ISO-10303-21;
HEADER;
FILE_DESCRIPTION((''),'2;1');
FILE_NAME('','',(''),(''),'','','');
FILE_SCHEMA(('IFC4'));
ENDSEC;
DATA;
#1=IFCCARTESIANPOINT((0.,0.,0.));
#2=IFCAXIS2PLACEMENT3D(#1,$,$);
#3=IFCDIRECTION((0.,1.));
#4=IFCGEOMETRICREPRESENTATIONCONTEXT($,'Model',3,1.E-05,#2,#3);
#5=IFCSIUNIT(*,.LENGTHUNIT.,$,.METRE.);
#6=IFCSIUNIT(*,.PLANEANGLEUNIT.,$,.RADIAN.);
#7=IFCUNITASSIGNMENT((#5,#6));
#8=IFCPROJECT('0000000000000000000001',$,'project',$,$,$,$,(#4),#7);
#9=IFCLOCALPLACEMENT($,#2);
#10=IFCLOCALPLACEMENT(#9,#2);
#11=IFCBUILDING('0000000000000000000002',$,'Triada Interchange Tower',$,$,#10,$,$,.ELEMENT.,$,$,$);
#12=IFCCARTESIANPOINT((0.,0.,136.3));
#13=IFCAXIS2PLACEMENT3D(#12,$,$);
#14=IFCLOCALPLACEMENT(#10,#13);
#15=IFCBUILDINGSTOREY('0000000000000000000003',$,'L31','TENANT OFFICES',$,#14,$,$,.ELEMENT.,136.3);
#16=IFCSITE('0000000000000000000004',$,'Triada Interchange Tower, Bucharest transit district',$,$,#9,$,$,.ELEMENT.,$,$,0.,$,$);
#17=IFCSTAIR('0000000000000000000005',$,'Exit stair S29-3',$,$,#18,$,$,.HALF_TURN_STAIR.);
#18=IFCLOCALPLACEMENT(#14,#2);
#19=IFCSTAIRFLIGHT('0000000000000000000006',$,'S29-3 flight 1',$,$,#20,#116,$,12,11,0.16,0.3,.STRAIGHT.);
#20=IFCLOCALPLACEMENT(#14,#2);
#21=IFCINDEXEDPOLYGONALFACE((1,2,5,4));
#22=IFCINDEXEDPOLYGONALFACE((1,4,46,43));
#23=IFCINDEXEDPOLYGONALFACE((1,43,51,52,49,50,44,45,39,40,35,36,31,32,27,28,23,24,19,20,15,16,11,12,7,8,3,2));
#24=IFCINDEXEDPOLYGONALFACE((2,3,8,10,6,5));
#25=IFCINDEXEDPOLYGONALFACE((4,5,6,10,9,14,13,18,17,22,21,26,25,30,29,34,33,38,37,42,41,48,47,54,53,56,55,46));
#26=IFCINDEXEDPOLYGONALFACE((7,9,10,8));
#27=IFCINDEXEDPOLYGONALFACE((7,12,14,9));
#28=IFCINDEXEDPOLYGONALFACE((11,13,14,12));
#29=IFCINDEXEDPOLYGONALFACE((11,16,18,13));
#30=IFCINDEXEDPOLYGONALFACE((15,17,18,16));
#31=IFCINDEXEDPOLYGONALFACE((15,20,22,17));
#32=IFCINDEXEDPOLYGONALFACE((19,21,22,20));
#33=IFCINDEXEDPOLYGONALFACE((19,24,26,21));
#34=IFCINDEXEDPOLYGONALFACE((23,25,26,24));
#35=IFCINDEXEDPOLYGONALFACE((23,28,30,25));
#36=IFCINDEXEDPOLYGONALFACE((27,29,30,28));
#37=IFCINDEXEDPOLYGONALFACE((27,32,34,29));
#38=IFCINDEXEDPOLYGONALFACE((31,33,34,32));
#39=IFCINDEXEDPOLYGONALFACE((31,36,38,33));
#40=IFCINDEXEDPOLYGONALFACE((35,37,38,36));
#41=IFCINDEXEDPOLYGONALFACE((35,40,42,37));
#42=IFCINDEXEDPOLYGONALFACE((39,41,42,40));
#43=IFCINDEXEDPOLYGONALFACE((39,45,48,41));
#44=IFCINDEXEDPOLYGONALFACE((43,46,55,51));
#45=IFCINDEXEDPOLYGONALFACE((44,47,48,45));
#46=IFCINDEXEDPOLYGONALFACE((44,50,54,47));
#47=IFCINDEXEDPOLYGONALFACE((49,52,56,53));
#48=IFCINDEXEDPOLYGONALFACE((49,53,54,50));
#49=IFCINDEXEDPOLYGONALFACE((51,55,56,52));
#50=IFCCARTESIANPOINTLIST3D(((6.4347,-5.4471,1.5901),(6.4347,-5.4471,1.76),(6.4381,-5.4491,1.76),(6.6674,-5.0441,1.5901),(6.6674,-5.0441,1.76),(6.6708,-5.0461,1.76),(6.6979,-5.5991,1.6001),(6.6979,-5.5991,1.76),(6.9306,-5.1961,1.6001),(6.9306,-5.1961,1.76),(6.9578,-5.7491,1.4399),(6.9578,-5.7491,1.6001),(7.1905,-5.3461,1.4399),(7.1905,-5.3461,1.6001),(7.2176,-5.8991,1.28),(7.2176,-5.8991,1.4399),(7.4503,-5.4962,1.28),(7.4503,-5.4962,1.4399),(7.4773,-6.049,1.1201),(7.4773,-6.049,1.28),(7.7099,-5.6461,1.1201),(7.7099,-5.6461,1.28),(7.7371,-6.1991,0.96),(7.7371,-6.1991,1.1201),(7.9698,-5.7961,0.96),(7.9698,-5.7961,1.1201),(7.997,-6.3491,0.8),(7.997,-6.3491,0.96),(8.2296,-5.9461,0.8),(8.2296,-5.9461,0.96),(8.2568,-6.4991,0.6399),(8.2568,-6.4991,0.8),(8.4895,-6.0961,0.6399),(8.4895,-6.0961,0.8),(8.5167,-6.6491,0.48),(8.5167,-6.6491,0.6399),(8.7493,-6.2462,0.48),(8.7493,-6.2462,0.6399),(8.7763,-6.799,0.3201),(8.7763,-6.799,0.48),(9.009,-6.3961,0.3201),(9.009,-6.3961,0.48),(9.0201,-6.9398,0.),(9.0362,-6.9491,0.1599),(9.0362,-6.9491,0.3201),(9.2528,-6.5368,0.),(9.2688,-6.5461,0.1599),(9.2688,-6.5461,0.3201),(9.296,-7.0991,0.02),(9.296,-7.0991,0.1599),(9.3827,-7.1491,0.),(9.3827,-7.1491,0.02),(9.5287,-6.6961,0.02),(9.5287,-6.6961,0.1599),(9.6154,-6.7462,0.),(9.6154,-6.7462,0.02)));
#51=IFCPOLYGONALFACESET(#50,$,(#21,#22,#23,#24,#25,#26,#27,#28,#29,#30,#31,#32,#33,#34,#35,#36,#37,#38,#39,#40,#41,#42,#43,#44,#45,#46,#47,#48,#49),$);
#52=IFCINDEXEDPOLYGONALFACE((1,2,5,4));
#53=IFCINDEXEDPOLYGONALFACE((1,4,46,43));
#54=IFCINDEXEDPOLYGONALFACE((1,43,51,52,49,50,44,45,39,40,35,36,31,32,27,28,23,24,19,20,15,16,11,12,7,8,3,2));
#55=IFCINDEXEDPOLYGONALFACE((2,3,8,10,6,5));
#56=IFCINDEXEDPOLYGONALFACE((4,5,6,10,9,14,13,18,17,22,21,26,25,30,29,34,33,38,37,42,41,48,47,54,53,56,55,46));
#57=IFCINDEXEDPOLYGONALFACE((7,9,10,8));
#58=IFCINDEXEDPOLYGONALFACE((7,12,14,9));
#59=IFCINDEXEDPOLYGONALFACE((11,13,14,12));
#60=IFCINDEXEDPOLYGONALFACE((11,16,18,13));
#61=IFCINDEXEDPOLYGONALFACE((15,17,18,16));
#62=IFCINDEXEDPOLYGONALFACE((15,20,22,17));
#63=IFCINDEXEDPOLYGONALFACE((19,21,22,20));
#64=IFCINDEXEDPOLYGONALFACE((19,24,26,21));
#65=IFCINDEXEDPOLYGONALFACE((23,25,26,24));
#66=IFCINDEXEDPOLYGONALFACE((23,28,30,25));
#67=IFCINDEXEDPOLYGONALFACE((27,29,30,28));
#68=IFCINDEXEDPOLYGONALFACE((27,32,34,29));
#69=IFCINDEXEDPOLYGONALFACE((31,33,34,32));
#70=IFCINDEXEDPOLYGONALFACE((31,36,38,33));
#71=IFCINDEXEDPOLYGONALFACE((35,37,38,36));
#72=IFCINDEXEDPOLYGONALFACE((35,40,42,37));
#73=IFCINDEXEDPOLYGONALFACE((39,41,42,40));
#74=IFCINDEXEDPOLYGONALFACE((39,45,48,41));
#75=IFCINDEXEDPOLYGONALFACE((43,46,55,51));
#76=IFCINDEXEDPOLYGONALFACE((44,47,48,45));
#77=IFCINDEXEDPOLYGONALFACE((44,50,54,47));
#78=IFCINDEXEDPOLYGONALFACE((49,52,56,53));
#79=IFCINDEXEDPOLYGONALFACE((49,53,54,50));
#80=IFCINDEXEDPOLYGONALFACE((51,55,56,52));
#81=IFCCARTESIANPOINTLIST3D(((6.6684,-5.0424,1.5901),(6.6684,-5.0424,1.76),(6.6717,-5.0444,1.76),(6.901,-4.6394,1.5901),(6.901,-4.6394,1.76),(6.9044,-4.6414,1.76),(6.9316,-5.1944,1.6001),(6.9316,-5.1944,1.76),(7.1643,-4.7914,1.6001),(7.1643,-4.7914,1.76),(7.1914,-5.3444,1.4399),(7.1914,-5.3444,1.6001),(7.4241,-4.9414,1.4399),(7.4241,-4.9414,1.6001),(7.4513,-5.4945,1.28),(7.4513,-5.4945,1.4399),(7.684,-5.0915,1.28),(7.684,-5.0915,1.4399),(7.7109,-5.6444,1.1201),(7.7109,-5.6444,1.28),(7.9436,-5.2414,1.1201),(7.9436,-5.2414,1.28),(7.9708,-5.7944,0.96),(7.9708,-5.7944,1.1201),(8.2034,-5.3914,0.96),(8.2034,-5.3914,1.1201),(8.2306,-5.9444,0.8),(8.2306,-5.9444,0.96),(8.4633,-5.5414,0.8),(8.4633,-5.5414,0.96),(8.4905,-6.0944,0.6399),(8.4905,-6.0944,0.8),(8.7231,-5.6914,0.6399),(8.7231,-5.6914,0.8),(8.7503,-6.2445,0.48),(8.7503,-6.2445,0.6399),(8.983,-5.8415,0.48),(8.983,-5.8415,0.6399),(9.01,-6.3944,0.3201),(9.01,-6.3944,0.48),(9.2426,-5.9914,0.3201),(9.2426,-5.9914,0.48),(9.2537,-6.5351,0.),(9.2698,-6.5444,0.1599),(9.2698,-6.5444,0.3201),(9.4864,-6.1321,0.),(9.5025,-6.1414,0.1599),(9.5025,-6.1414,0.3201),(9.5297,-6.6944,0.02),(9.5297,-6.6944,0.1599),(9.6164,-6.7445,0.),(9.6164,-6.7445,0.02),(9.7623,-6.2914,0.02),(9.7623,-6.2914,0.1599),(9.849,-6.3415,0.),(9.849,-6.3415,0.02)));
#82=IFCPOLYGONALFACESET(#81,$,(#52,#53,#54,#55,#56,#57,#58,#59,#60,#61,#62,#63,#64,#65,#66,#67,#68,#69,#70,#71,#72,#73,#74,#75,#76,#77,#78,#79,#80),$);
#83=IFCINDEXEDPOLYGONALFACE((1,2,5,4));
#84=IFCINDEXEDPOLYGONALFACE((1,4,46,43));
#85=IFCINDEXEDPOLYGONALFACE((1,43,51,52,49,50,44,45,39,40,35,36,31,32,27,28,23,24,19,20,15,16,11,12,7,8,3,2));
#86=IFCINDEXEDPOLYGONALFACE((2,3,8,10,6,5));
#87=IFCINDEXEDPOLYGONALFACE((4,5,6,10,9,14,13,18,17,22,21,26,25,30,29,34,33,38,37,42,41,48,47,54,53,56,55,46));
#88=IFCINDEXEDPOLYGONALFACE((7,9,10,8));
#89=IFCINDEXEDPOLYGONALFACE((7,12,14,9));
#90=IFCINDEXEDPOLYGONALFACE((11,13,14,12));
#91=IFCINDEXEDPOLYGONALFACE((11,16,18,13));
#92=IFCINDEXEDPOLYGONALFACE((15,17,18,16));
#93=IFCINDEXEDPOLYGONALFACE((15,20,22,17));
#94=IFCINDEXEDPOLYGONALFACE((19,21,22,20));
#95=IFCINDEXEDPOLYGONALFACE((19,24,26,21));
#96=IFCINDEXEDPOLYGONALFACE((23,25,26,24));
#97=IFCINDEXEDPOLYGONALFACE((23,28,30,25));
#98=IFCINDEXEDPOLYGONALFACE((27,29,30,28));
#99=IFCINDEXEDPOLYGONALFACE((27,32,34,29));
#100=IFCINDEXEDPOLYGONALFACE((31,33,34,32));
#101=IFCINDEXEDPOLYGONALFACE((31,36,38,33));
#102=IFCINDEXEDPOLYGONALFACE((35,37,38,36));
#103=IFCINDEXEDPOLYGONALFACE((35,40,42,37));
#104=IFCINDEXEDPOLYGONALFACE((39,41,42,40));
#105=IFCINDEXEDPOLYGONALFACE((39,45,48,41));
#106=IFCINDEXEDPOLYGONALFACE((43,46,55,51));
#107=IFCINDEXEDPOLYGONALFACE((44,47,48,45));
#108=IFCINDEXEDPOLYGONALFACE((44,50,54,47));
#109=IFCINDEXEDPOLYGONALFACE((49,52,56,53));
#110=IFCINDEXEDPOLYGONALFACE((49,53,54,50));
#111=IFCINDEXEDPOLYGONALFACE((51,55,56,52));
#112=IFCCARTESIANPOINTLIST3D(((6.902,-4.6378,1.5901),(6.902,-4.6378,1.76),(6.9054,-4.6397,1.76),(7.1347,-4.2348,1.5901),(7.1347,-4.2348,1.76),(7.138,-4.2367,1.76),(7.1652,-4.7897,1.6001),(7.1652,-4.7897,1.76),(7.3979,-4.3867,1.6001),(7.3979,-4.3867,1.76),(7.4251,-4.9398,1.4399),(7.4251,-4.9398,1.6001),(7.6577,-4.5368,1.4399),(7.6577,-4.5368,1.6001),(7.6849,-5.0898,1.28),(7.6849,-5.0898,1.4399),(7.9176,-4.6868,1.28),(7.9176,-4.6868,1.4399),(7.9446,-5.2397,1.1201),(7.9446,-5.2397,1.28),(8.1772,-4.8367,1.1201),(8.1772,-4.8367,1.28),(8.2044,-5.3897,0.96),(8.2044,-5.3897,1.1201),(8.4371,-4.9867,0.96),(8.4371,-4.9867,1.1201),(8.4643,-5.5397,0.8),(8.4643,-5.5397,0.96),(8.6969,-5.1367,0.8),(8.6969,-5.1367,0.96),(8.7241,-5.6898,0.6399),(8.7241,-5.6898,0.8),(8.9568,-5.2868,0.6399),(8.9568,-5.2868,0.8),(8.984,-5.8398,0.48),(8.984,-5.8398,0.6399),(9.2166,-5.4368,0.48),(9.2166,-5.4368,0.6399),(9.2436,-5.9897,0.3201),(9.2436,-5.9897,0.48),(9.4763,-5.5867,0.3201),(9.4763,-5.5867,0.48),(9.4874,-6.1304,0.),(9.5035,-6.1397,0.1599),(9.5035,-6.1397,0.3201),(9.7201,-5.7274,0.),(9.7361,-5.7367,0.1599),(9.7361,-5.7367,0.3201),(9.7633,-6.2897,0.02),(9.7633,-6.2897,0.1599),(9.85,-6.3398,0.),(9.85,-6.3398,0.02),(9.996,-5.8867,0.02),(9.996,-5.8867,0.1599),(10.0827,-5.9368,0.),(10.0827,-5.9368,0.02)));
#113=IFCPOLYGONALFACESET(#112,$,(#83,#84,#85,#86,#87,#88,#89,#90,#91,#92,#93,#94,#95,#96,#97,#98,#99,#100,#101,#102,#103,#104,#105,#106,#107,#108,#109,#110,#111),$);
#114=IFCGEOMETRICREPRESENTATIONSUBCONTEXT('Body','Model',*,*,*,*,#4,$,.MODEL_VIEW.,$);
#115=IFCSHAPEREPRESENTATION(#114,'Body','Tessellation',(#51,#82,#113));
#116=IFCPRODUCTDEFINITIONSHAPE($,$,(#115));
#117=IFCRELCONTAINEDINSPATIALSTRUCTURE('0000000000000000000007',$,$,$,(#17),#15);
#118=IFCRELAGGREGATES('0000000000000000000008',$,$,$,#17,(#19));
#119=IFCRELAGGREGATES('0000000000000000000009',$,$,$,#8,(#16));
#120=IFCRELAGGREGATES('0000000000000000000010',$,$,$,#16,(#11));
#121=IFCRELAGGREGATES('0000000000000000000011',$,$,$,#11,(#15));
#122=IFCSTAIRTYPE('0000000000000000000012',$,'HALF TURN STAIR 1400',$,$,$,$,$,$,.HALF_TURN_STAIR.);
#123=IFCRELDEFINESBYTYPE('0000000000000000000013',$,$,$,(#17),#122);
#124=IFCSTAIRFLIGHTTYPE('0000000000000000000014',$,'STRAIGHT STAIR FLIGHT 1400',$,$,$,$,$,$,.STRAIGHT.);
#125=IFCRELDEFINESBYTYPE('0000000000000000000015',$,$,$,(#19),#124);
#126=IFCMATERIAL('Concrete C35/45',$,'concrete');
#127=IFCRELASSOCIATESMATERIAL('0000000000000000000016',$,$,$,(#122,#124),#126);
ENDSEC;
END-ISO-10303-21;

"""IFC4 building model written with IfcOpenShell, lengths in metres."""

from ifc_helpers import new_model, si_unit, direction, frame, origin, place, context, subcontext, project, spatial, polyline, outline, extrude, material, type_object, element, aggregate, save


model = new_model("IFC4")

# Units and contexts
model_context = context("Model", 3, precision=1e-05, world=origin(), true_north=direction((0.0, 1.0)))
body_context = subcontext(model_context, "Body", "Model", "MODEL_VIEW")
ifc_project = project(units=[si_unit("LENGTHUNIT", "METRE"), si_unit("PLANEANGLEUNIT", "RADIAN")], contexts=[model_context])

# Site, building, storey
site_placement = place(None, origin())
site = spatial("IfcSite", under=ifc_project, at=site_placement, Name="Triada Interchange Tower, Bucharest transit district", CompositionType="ELEMENT", RefElevation=0.0)
building_placement = place(site_placement, origin())
building = spatial("IfcBuilding", under=site, at=building_placement, Name="Triada Interchange Tower", CompositionType="ELEMENT")
storey_placement = place(building_placement, frame((0.0, 0.0, 136.3)))
storey = spatial("IfcBuildingStorey", under=building, at=storey_placement, Name="L31", Description="TENANT OFFICES", CompositionType="ELEMENT", Elevation=136.3)

# Stair, stair flight
ifc_material_1 = material(Name="Concrete C35/45", Category="concrete")
stair_type = type_object("IfcStairType", Name="HALF TURN STAIR 1400", PredefinedType="HALF_TURN_STAIR", material=ifc_material_1)
stair_placement = place(storey_placement, origin())
stair = element("IfcStair", 1, at=stair_placement, inside=storey, type_object=stair_type, Name="Exit stair S29-3", PredefinedType="HALF_TURN_STAIR")
stair_flight_type = type_object("IfcStairFlightType", Name="STRAIGHT STAIR FLIGHT 1400", PredefinedType="STRAIGHT", material=ifc_material_1)
stair_flight_1_placement = place(storey_placement, frame((9.646, -6.4929, 0.0), z_axis=(0.0, 0.0, 1.0), x_axis=(-0.866025, 0.5, 0.0)))
stair_flight_1 = element("IfcStairFlight", 2, at=stair_flight_1_placement, type_object=stair_flight_type, Name="S29-3 flight 1", NumberOfRisers=12, NumberOfTreads=11, PredefinedType="STRAIGHT", RiserHeight=0.16, TreadLength=0.3, context=body_context, shape_type="SweptSolid", body=[
    extrude(outline(polyline([(-0.1001, 0.0), (-0.1001, 0.02), (0.0, 0.02), (0.0, 0.1599), (0.3, 0.1599), (0.3, 0.3201), (0.6001, 0.3201), (0.6001, 0.48), (0.8999, 0.48), (0.8999, 0.6399), (1.2, 0.6399), (1.2, 0.8), (1.5, 0.8), (1.5, 0.96), (1.8, 0.96), (1.8, 1.1201), (2.1001, 1.1201), (2.1001, 1.28), (2.3999, 1.28), (2.3999, 1.4399), (2.7, 1.4399), (2.7, 1.6001), (3.0, 1.6001), (3.0, 1.76), (3.3, 1.76), (3.304, 1.76), (3.304, 1.9199), (3.304, 1.5901), (0.3186, 0.0), (-0.1001, 0.0)])), frame((0.0, 0.7, 0.0), z_axis=(0.0, -1.0, 0.0), x_axis=(1.0, 0.0, 0.0)), (0.0, 0.0, 1.0), 0.4653),
    extrude(outline(polyline([(-0.1001, 0.0), (-0.1001, 0.02), (0.0, 0.02), (0.0, 0.1599), (0.3, 0.1599), (0.3, 0.3201), (0.6001, 0.3201), (0.6001, 0.48), (0.8999, 0.48), (0.8999, 0.6399), (1.2, 0.6399), (1.2, 0.8), (1.5, 0.8), (1.5, 0.96), (1.8, 0.96), (1.8, 1.1201), (2.1001, 1.1201), (2.1001, 1.28), (2.3999, 1.28), (2.3999, 1.4399), (2.7, 1.4399), (2.7, 1.6001), (3.0, 1.6001), (3.0, 1.76), (3.3, 1.76), (3.304, 1.76), (3.304, 1.9199), (3.304, 1.5901), (0.3186, 0.0), (-0.1001, 0.0)])), frame((0.0, 0.2327, 0.0), z_axis=(0.0, -1.0, 0.0), x_axis=(1.0, 0.0, 0.0)), (0.0, 0.0, 1.0), 0.4653),
    extrude(outline(polyline([(-0.1001, 0.0), (-0.1001, 0.02), (0.0, 0.02), (0.0, 0.1599), (0.3, 0.1599), (0.3, 0.3201), (0.6001, 0.3201), (0.6001, 0.48), (0.8999, 0.48), (0.8999, 0.6399), (1.2, 0.6399), (1.2, 0.8), (1.5, 0.8), (1.5, 0.96), (1.8, 0.96), (1.8, 1.1201), (2.1001, 1.1201), (2.1001, 1.28), (2.3999, 1.28), (2.3999, 1.4399), (2.7, 1.4399), (2.7, 1.6001), (3.0, 1.6001), (3.0, 1.76), (3.3, 1.76), (3.304, 1.76), (3.304, 1.9199), (3.304, 1.5901), (0.3186, 0.0), (-0.1001, 0.0)])), frame((0.0, -0.2346, 0.0), z_axis=(0.0, -1.0, 0.0), x_axis=(1.0, 0.0, 0.0)), (0.0, 0.0, 1.0), 0.4653),
])
aggregate(stair, [stair_flight_1])

save(model, "model.ifc")
